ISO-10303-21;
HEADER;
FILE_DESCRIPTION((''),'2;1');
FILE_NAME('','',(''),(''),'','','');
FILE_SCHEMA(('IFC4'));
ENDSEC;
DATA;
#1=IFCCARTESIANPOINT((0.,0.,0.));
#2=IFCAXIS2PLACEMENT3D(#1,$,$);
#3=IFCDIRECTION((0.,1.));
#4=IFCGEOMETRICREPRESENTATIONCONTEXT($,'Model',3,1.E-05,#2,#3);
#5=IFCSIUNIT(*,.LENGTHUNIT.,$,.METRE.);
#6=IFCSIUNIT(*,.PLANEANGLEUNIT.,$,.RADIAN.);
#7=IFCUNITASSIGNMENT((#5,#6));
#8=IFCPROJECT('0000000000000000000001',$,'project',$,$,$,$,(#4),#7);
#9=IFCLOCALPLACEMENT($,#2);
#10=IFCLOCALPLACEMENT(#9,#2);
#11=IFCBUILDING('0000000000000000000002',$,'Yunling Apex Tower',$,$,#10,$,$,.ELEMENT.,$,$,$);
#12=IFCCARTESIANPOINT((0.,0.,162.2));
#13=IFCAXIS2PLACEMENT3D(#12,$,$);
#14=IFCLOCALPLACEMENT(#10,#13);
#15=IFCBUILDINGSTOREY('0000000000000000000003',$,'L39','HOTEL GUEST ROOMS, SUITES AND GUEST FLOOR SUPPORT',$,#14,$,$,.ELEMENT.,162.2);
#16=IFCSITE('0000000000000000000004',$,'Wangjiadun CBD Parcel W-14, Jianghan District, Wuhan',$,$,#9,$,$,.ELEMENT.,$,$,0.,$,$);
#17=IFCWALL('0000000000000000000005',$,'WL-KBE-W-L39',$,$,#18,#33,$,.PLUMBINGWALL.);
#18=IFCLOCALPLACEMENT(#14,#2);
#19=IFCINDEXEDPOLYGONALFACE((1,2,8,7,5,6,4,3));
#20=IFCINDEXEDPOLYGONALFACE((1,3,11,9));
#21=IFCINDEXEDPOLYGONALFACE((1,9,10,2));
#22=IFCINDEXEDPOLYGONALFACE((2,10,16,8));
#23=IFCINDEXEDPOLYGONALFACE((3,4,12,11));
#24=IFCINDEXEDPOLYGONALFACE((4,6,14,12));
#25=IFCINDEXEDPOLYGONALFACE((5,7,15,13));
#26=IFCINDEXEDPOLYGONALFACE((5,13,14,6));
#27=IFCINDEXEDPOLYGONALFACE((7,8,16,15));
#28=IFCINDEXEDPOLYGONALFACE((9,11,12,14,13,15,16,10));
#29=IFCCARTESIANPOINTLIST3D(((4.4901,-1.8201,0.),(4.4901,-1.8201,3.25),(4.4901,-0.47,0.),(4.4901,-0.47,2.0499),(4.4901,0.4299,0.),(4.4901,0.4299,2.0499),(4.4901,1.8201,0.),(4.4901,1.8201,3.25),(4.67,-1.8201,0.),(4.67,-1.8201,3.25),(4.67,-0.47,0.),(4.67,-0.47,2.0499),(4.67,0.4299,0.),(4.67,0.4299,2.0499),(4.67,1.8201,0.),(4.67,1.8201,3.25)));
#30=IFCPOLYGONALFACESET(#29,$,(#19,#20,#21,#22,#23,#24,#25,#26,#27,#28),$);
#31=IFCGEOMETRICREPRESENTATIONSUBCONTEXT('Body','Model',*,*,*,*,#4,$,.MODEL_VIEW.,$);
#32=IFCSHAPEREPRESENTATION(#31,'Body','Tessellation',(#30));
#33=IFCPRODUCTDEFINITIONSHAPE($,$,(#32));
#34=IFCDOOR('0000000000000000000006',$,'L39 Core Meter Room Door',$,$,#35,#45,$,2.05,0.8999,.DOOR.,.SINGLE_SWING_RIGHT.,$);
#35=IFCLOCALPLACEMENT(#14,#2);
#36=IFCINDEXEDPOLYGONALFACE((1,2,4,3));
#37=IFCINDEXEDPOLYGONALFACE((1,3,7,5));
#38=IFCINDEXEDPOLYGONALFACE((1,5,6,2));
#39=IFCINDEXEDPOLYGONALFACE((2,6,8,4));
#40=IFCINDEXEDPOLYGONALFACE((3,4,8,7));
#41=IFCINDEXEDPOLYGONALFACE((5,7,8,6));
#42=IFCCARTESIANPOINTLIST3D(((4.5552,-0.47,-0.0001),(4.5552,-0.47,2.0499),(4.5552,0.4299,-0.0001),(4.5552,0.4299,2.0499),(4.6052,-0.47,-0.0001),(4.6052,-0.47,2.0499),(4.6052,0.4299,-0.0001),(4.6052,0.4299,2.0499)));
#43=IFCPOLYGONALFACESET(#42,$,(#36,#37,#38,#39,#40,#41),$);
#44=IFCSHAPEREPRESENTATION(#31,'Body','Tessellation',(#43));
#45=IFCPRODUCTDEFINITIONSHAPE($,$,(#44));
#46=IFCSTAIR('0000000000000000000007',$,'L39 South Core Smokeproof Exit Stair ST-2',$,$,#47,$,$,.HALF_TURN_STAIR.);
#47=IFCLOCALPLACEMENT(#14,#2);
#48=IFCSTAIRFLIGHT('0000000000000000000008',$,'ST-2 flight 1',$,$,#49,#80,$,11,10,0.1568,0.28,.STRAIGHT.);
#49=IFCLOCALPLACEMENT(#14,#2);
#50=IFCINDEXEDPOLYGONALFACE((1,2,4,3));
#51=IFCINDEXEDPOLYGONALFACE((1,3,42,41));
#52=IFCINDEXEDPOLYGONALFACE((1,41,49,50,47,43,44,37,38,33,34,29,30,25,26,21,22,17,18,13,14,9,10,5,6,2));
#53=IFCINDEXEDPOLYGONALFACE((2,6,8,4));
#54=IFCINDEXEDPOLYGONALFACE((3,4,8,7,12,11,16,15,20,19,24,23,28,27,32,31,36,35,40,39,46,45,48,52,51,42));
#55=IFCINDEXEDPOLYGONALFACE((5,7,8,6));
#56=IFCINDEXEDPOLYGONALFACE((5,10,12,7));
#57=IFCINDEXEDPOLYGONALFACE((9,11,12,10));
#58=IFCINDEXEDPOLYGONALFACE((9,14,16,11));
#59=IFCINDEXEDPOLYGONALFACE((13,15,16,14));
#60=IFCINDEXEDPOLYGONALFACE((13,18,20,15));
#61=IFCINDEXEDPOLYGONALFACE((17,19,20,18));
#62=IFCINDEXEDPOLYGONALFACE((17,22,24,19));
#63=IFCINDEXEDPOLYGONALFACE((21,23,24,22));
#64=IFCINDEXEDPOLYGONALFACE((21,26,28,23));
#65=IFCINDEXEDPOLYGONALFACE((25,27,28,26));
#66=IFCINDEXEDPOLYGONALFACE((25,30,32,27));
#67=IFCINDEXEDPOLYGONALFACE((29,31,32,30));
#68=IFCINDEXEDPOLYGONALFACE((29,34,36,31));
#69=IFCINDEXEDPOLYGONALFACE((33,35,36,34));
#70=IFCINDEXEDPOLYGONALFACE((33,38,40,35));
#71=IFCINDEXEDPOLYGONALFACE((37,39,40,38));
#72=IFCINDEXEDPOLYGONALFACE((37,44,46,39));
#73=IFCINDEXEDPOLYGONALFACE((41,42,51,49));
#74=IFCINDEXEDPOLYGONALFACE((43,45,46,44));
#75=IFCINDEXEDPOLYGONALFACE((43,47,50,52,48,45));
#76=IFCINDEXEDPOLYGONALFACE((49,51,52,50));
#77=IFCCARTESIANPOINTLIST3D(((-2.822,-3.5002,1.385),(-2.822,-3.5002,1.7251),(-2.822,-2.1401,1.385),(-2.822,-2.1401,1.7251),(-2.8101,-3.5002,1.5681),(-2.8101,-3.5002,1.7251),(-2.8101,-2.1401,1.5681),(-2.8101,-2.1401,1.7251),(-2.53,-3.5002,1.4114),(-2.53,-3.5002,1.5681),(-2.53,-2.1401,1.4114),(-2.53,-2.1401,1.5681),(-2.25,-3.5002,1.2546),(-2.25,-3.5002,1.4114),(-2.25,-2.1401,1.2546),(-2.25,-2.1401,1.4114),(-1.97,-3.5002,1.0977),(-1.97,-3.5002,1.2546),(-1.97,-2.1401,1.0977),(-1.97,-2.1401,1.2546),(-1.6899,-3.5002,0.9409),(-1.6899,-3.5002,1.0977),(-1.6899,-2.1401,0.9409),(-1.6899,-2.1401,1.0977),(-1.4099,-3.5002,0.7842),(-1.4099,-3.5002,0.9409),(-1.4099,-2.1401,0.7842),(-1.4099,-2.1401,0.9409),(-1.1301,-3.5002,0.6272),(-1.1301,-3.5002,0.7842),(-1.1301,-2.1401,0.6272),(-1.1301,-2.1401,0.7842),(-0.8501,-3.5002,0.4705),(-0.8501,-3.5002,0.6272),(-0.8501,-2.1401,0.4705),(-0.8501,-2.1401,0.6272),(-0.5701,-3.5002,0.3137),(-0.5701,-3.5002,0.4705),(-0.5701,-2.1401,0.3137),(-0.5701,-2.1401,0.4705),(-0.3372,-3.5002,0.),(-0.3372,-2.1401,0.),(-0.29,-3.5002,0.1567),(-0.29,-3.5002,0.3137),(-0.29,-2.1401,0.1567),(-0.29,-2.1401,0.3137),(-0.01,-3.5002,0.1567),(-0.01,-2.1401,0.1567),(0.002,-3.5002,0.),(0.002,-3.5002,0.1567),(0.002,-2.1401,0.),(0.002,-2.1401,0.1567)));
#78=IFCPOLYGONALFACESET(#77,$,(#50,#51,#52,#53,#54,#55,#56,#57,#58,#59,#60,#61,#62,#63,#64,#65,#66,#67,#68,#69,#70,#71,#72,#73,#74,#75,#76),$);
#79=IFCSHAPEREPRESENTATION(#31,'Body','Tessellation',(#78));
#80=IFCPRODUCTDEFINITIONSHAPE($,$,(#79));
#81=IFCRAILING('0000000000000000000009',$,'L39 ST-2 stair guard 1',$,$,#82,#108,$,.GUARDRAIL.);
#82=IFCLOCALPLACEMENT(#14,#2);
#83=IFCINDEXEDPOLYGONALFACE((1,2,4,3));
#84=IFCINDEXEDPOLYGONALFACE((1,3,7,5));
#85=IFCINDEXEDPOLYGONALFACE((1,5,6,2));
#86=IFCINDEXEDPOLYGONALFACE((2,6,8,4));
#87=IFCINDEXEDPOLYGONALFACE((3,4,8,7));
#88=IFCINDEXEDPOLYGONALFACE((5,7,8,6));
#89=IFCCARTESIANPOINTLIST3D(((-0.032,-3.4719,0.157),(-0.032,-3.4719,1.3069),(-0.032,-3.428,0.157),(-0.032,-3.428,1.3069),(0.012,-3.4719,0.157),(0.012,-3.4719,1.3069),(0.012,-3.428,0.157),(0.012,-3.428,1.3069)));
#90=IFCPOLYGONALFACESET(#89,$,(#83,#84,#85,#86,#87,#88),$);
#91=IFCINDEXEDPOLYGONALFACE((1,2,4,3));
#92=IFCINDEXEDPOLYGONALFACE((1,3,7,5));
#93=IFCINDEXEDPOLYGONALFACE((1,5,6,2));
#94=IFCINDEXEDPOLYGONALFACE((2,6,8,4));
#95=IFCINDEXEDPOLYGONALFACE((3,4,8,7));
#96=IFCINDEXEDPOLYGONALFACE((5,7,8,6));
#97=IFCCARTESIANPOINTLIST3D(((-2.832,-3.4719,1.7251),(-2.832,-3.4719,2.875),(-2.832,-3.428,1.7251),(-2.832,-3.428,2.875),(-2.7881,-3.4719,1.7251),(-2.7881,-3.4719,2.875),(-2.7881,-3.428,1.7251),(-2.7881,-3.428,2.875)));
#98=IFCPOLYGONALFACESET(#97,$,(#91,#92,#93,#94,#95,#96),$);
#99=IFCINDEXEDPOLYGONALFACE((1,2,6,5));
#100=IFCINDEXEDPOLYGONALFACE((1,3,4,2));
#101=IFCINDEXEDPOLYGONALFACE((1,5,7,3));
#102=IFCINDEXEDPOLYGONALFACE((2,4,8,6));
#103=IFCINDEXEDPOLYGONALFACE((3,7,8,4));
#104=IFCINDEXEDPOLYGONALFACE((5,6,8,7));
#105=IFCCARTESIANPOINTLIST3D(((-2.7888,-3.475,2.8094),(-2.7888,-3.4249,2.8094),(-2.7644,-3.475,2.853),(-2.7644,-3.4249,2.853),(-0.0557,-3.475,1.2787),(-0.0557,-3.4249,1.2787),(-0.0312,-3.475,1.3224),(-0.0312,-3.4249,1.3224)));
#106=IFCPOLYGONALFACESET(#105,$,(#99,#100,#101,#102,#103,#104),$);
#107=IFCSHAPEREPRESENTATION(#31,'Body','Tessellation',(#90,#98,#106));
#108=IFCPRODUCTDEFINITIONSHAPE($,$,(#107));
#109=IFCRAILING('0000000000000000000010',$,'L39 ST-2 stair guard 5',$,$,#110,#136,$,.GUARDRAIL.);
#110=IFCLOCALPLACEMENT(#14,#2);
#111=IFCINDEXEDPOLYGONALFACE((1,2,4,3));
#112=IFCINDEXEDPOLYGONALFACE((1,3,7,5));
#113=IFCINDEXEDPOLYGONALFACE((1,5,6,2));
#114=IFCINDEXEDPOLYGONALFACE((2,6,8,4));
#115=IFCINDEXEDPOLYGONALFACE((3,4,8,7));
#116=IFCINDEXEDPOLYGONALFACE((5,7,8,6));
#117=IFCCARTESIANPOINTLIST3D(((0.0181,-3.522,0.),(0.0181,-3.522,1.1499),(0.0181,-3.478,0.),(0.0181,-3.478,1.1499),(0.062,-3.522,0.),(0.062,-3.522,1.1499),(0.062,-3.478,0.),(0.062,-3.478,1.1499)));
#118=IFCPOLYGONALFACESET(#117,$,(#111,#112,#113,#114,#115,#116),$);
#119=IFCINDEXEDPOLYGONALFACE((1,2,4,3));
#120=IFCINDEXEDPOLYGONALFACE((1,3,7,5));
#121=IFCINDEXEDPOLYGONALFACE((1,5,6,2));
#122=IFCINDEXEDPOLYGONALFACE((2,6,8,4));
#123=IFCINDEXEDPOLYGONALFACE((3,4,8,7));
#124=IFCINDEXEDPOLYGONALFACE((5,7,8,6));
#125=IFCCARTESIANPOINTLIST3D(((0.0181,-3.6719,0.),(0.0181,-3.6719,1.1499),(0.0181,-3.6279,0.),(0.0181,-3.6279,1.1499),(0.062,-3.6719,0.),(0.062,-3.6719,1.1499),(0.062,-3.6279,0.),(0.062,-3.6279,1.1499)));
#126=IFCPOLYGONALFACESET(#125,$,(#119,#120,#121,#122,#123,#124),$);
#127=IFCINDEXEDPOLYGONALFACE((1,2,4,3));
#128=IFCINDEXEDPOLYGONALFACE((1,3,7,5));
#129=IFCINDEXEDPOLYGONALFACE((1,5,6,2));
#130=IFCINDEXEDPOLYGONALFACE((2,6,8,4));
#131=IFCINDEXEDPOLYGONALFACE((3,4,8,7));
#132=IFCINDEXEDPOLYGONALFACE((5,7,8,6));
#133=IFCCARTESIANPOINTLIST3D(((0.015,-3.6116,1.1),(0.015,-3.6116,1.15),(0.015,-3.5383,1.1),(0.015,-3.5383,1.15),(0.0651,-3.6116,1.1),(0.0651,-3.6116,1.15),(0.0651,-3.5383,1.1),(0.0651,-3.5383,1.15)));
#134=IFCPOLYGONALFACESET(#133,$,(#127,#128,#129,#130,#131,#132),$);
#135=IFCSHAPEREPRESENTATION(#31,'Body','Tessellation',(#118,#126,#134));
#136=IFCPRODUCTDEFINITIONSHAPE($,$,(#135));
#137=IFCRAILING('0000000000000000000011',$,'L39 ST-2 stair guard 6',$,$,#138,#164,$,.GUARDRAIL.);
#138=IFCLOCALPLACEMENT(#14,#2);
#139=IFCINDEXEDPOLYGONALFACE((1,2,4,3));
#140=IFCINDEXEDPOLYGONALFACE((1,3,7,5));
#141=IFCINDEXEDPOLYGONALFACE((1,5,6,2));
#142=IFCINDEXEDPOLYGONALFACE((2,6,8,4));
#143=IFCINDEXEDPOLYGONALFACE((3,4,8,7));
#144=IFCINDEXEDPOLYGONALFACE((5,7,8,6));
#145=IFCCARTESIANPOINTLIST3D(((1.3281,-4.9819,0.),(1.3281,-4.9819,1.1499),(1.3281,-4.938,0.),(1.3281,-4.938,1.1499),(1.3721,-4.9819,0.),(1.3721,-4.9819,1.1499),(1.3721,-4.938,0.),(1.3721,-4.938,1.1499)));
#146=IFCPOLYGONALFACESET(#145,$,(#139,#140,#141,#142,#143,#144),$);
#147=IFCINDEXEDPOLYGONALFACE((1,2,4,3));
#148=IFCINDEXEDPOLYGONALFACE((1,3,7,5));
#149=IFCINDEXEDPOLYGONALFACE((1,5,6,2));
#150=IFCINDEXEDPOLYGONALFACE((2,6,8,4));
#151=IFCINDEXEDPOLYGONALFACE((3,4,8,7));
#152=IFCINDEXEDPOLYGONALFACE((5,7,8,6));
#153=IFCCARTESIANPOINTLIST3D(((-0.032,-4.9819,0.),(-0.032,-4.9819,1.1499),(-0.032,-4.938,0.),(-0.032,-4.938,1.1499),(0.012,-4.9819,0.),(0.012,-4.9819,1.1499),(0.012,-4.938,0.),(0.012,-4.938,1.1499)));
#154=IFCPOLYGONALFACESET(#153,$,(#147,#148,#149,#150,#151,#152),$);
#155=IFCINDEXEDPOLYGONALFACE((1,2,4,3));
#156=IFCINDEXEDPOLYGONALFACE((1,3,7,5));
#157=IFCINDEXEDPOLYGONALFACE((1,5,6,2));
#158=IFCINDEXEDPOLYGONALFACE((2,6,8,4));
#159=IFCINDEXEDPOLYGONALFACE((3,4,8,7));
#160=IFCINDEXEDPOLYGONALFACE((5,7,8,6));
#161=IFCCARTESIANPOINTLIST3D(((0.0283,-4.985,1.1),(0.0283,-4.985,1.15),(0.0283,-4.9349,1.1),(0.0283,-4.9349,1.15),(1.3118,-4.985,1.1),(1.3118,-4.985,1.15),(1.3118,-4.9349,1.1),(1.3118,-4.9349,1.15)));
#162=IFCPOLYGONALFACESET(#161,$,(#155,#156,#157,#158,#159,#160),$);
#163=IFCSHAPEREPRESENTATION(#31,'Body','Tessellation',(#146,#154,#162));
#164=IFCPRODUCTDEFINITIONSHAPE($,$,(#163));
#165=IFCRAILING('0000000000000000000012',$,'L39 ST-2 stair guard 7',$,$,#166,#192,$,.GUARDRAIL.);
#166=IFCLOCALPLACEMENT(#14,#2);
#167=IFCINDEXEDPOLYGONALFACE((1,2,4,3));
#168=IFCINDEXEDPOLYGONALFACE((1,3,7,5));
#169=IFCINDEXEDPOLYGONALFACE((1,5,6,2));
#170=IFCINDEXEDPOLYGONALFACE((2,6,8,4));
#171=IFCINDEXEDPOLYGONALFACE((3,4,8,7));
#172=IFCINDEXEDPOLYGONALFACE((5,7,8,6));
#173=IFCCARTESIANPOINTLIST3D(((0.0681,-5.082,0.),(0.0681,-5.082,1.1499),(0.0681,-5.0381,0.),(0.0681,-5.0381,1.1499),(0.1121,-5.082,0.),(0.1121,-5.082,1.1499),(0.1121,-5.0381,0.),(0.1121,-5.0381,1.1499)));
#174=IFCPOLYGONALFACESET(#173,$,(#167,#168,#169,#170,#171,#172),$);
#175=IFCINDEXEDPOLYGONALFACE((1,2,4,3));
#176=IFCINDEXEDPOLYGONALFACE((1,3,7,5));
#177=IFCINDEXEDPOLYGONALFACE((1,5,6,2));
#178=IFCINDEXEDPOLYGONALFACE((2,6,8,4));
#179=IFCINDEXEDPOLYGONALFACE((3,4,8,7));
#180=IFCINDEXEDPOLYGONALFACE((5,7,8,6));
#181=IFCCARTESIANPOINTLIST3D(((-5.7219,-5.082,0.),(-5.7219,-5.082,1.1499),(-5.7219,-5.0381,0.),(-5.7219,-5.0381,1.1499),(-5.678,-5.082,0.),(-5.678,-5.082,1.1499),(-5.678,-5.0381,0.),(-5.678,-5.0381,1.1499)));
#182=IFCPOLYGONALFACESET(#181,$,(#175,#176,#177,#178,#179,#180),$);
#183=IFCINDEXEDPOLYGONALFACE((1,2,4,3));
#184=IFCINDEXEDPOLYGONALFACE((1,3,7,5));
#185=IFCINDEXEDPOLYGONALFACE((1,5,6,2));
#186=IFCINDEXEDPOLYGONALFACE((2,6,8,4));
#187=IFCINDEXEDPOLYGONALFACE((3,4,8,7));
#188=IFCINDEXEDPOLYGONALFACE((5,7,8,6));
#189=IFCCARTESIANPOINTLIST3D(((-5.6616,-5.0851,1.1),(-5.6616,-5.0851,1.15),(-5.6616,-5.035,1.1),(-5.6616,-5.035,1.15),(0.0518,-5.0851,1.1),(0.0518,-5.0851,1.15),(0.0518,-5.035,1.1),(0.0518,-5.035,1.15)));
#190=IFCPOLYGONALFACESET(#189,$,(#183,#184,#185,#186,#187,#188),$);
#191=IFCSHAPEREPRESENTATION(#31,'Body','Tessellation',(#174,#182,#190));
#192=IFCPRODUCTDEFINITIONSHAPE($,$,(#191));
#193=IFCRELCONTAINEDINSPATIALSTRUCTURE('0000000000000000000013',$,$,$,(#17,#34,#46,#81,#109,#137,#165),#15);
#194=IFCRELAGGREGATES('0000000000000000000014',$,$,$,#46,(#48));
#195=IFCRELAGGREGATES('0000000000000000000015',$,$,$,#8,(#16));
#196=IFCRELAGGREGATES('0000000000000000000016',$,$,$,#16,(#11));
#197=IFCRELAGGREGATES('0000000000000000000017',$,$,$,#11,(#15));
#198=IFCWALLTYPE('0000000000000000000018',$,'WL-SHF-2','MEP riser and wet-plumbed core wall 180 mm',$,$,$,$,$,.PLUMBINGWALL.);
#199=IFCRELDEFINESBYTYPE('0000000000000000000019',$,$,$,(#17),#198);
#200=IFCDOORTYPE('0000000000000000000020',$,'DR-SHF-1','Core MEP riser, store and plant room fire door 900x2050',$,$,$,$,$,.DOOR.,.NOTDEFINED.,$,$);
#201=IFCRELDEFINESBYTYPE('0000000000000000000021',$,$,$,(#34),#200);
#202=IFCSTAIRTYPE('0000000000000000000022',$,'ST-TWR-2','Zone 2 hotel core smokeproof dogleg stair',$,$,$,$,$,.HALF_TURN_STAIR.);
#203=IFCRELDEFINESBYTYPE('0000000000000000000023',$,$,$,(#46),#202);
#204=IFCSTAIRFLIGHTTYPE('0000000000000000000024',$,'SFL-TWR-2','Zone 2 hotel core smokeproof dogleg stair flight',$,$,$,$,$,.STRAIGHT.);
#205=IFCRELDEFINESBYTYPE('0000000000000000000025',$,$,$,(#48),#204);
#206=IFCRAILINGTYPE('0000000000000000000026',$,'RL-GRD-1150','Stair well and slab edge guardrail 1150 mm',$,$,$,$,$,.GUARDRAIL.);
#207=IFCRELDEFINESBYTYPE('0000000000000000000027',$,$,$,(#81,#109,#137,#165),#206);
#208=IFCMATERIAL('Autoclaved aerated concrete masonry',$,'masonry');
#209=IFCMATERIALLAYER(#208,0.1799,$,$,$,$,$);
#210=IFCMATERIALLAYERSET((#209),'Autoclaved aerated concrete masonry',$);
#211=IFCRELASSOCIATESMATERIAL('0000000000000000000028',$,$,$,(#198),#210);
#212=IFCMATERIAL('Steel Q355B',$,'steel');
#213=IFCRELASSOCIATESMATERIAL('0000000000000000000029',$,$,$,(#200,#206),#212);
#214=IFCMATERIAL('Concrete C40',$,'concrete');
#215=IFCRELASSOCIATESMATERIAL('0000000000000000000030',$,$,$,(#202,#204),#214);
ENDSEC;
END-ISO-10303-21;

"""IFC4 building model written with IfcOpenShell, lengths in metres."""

from ifc_helpers import new_model, si_unit, direction, frame, frame_2d, origin, origin_2d, place, context, subcontext, project, spatial, polyline, rectangle, outline, extrude, material, layer, layer_set, type_object, element, fill, aggregate, save


model = new_model("IFC4")

# Units and contexts
model_context = context("Model", 3, precision=1e-05, world=origin(), true_north=direction((0.0, 1.0)))
body_context = subcontext(model_context, "Body", "Model", "MODEL_VIEW")
ifc_project = project(units=[si_unit("LENGTHUNIT", "METRE"), si_unit("PLANEANGLEUNIT", "RADIAN")], contexts=[model_context])

# Site, building, storey
site_placement = place(None, origin())
site = spatial("IfcSite", under=ifc_project, at=site_placement, Name="Wangjiadun CBD Parcel W-14, Jianghan District, Wuhan", CompositionType="ELEMENT", RefElevation=0.0)
building_placement = place(site_placement, origin())
building = spatial("IfcBuilding", under=site, at=building_placement, Name="Yunling Apex Tower", CompositionType="ELEMENT")
storey_placement = place(building_placement, frame((0.0, 0.0, 162.2)))
storey = spatial("IfcBuildingStorey", under=building, at=storey_placement, Name="L39", Description="HOTEL GUEST ROOMS, SUITES AND GUEST FLOOR SUPPORT", CompositionType="ELEMENT", Elevation=162.2)

# Shared definitions
ifc_material_1 = material(Name="Concrete C40", Category="concrete")

# Shared definitions
ifc_material_2 = material(Name="Autoclaved aerated concrete masonry", Category="masonry")
ifc_material_3 = material(Name="Steel Q355B", Category="steel")

# Shared definitions
ifc_layer_1 = layer(ifc_material_2, 0.1799)
ifc_layer_set_1 = layer_set([ifc_layer_1], Name="Autoclaved aerated concrete masonry")
wall_type_1 = type_object("IfcWallType", Name="WL-SHF-2", Description="MEP riser and wet-plumbed core wall 180 mm", PredefinedType="PLUMBINGWALL", material=ifc_layer_set_1)

# Wall, opening, door
wall_1_placement = place(storey_placement, frame((4.5801, -1.8201, 0.0), z_axis=(0.0, 0.0, 1.0), x_axis=(0.0, 1.0, 0.0)))
wall_1 = element("IfcWall", 1, at=wall_1_placement, inside=storey, type_object=wall_type_1, Name="WL-KBE-W-L39", PredefinedType="PLUMBINGWALL", context=body_context, shape_type="SweptSolid", body=[
    extrude(rectangle(XDim=3.6401, YDim=0.1799, at=frame_2d((1.8201, 0.0))), origin(), (0.0, 0.0, 1.0), 3.25),
])
opening_1_placement = place(wall_1_placement, frame((1.3501, 0.0, 0.0)))
opening_1 = element("IfcOpeningElement", 2, at=opening_1_placement, cuts=wall_1, PredefinedType="OPENING", context=body_context, shape_type="SweptSolid", body=[
    extrude(rectangle(XDim=0.8999, YDim=2.05, at=frame_2d((0.45, 1.0249))), frame((0.0, 0.1001, 0.0), z_axis=(0.0, -1.0, 0.0), x_axis=(1.0, 0.0, 0.0)), (0.0, 0.0, 1.0), 0.2),
])
door_type_1 = type_object("IfcDoorType", Name="DR-SHF-1", Description="Core MEP riser, store and plant room fire door 900x2050", OperationType="NOTDEFINED", PredefinedType="DOOR", material=ifc_material_3)
door_1_placement = place(opening_1_placement, origin())
door_1 = element("IfcDoor", 3, at=door_1_placement, inside=storey, type_object=door_type_1, Name="L39 Core Meter Room Door", OperationType="SINGLE_SWING_RIGHT", OverallHeight=2.05, OverallWidth=0.8999, PredefinedType="DOOR", context=body_context, shape_type="SweptSolid", body=[
    extrude(rectangle(XDim=0.8999, YDim=2.05, at=frame_2d((0.45, 1.0249))), frame((0.0, 0.0249, 0.0), z_axis=(0.0, -1.0, 0.0), x_axis=(1.0, 0.0, 0.0)), (0.0, 0.0, 1.0), 0.05),
])
fill(opening_1, door_1)

# Stair, stair flight
stair_type = type_object("IfcStairType", Name="ST-TWR-2", Description="Zone 2 hotel core smokeproof dogleg stair", PredefinedType="HALF_TURN_STAIR", material=ifc_material_1)
stair_placement = place(storey_placement, origin())
stair = element("IfcStair", 4, at=stair_placement, inside=storey, type_object=stair_type, Name="L39 South Core Smokeproof Exit Stair ST-2", PredefinedType="HALF_TURN_STAIR")
stair_flight_type = type_object("IfcStairFlightType", Name="SFL-TWR-2", Description="Zone 2 hotel core smokeproof dogleg stair flight", PredefinedType="STRAIGHT", material=ifc_material_1)
stair_flight_placement = place(storey_placement, frame((-0.01, -2.8201, 0.0), z_axis=(0.0, 0.0, 1.0), x_axis=(-1.0, 0.0, 0.0)))
stair_flight = element("IfcStairFlight", 5, at=stair_flight_placement, type_object=stair_flight_type, Name="ST-2 flight 1", NumberOfRisers=11, NumberOfTreads=10, PredefinedType="STRAIGHT", RiserHeight=0.1568, TreadLength=0.28, context=body_context, shape_type="SweptSolid", body=[
    extrude(outline(polyline([(-0.012, 0.0), (-0.012, 0.1567), (0.0, 0.1567), (0.28, 0.1567), (0.28, 0.3137), (0.5601, 0.3137), (0.5601, 0.4705), (0.8401, 0.4705), (0.8401, 0.6272), (1.1201, 0.6272), (1.1201, 0.7842), (1.3999, 0.7842), (1.3999, 0.9409), (1.6799, 0.9409), (1.6799, 1.0977), (1.96, 1.0977), (1.96, 1.2546), (2.24, 1.2546), (2.24, 1.4114), (2.52, 1.4114), (2.52, 1.5681), (2.8, 1.5681), (2.8, 1.7251), (2.812, 1.7251), (2.812, 1.385), (0.3271, 0.0), (-0.012, 0.0)])), frame((0.0, 0.6802, 0.0), z_axis=(0.0, -1.0, 0.0), x_axis=(1.0, 0.0, 0.0)), (0.0, 0.0, 1.0), 1.3601),
])
aggregate(stair, [stair_flight])

# Railings
railing_type_1 = type_object("IfcRailingType", Name="RL-GRD-1150", Description="Stair well and slab edge guardrail 1150 mm", PredefinedType="GUARDRAIL", material=ifc_material_3)
railing_1_placement = place(storey_placement, frame((-0.01, -3.45, 0.157)))
element("IfcRailing", 6, at=railing_1_placement, inside=storey, type_object=railing_type_1, Name="L39 ST-2 stair guard 1", PredefinedType="GUARDRAIL", context=body_context, shape_type="SweptSolid", body=[
    extrude(rectangle(XDim=0.0439, YDim=0.0439, at=origin_2d()), origin(), (0.0, 0.0, 1.0), 1.1499),
    extrude(rectangle(XDim=0.0439, YDim=0.0439, at=origin_2d()), frame((-2.8, 0.0, 1.5681)), (0.0, 0.0, 1.0), 1.1499),
    extrude(rectangle(XDim=0.05, YDim=0.05, at=origin_2d()), frame((-0.0334, 0.0, 1.1436), z_axis=(-0.872494, 0.0, 0.488624), x_axis=(0.0, -1.0, 0.0)), (0.0, 0.0, 1.0), 3.1326),
])
railing_2_placement = place(storey_placement, frame((0.04, -3.5, 0.0)))
element("IfcRailing", 7, at=railing_2_placement, inside=storey, type_object=railing_type_1, Name="L39 ST-2 stair guard 5", PredefinedType="GUARDRAIL", context=body_context, shape_type="SweptSolid", body=[
    extrude(rectangle(XDim=0.0439, YDim=0.0439, at=origin_2d()), origin(), (0.0, 0.0, 1.0), 1.1499),
    extrude(rectangle(XDim=0.0439, YDim=0.0439, at=origin_2d()), frame((0.0, -0.1499, 0.0)), (0.0, 0.0, 1.0), 1.1499),
    extrude(rectangle(XDim=0.05, YDim=0.05, at=origin_2d()), frame((0.0, -0.0383, 1.125), z_axis=(0.0, -1.0, 0.0), x_axis=(1.0, 0.0, 0.0)), (0.0, 0.0, 1.0), 0.0732),
])
railing_3_placement = place(storey_placement, frame((1.3501, -4.96, 0.0)))
element("IfcRailing", 8, at=railing_3_placement, inside=storey, type_object=railing_type_1, Name="L39 ST-2 stair guard 6", PredefinedType="GUARDRAIL", context=body_context, shape_type="SweptSolid", body=[
    extrude(rectangle(XDim=0.0439, YDim=0.0439, at=origin_2d()), origin(), (0.0, 0.0, 1.0), 1.1499),
    extrude(rectangle(XDim=0.0439, YDim=0.0439, at=origin_2d()), frame((-1.3601, 0.0, 0.0)), (0.0, 0.0, 1.0), 1.1499),
    extrude(rectangle(XDim=0.05, YDim=0.05, at=origin_2d()), frame((-0.0383, 0.0, 1.125), z_axis=(-1.0, 0.0, 0.0), x_axis=(0.0, -1.0, 0.0)), (0.0, 0.0, 1.0), 1.2834),
])
railing_4_placement = place(storey_placement, frame((0.0901, -5.0601, 0.0)))
element("IfcRailing", 9, at=railing_4_placement, inside=storey, type_object=railing_type_1, Name="L39 ST-2 stair guard 7", PredefinedType="GUARDRAIL", context=body_context, shape_type="SweptSolid", body=[
    extrude(rectangle(XDim=0.0439, YDim=0.0439, at=origin_2d()), origin(), (0.0, 0.0, 1.0), 1.1499),
    extrude(rectangle(XDim=0.0439, YDim=0.0439, at=origin_2d()), frame((-5.79, 0.0, 0.0)), (0.0, 0.0, 1.0), 1.1499),
    extrude(rectangle(XDim=0.05, YDim=0.05, at=origin_2d()), frame((-0.0383, 0.0, 1.125), z_axis=(-1.0, 0.0, 0.0), x_axis=(0.0, -1.0, 0.0)), (0.0, 0.0, 1.0), 5.7134),
])

save(model, "model.ifc")
